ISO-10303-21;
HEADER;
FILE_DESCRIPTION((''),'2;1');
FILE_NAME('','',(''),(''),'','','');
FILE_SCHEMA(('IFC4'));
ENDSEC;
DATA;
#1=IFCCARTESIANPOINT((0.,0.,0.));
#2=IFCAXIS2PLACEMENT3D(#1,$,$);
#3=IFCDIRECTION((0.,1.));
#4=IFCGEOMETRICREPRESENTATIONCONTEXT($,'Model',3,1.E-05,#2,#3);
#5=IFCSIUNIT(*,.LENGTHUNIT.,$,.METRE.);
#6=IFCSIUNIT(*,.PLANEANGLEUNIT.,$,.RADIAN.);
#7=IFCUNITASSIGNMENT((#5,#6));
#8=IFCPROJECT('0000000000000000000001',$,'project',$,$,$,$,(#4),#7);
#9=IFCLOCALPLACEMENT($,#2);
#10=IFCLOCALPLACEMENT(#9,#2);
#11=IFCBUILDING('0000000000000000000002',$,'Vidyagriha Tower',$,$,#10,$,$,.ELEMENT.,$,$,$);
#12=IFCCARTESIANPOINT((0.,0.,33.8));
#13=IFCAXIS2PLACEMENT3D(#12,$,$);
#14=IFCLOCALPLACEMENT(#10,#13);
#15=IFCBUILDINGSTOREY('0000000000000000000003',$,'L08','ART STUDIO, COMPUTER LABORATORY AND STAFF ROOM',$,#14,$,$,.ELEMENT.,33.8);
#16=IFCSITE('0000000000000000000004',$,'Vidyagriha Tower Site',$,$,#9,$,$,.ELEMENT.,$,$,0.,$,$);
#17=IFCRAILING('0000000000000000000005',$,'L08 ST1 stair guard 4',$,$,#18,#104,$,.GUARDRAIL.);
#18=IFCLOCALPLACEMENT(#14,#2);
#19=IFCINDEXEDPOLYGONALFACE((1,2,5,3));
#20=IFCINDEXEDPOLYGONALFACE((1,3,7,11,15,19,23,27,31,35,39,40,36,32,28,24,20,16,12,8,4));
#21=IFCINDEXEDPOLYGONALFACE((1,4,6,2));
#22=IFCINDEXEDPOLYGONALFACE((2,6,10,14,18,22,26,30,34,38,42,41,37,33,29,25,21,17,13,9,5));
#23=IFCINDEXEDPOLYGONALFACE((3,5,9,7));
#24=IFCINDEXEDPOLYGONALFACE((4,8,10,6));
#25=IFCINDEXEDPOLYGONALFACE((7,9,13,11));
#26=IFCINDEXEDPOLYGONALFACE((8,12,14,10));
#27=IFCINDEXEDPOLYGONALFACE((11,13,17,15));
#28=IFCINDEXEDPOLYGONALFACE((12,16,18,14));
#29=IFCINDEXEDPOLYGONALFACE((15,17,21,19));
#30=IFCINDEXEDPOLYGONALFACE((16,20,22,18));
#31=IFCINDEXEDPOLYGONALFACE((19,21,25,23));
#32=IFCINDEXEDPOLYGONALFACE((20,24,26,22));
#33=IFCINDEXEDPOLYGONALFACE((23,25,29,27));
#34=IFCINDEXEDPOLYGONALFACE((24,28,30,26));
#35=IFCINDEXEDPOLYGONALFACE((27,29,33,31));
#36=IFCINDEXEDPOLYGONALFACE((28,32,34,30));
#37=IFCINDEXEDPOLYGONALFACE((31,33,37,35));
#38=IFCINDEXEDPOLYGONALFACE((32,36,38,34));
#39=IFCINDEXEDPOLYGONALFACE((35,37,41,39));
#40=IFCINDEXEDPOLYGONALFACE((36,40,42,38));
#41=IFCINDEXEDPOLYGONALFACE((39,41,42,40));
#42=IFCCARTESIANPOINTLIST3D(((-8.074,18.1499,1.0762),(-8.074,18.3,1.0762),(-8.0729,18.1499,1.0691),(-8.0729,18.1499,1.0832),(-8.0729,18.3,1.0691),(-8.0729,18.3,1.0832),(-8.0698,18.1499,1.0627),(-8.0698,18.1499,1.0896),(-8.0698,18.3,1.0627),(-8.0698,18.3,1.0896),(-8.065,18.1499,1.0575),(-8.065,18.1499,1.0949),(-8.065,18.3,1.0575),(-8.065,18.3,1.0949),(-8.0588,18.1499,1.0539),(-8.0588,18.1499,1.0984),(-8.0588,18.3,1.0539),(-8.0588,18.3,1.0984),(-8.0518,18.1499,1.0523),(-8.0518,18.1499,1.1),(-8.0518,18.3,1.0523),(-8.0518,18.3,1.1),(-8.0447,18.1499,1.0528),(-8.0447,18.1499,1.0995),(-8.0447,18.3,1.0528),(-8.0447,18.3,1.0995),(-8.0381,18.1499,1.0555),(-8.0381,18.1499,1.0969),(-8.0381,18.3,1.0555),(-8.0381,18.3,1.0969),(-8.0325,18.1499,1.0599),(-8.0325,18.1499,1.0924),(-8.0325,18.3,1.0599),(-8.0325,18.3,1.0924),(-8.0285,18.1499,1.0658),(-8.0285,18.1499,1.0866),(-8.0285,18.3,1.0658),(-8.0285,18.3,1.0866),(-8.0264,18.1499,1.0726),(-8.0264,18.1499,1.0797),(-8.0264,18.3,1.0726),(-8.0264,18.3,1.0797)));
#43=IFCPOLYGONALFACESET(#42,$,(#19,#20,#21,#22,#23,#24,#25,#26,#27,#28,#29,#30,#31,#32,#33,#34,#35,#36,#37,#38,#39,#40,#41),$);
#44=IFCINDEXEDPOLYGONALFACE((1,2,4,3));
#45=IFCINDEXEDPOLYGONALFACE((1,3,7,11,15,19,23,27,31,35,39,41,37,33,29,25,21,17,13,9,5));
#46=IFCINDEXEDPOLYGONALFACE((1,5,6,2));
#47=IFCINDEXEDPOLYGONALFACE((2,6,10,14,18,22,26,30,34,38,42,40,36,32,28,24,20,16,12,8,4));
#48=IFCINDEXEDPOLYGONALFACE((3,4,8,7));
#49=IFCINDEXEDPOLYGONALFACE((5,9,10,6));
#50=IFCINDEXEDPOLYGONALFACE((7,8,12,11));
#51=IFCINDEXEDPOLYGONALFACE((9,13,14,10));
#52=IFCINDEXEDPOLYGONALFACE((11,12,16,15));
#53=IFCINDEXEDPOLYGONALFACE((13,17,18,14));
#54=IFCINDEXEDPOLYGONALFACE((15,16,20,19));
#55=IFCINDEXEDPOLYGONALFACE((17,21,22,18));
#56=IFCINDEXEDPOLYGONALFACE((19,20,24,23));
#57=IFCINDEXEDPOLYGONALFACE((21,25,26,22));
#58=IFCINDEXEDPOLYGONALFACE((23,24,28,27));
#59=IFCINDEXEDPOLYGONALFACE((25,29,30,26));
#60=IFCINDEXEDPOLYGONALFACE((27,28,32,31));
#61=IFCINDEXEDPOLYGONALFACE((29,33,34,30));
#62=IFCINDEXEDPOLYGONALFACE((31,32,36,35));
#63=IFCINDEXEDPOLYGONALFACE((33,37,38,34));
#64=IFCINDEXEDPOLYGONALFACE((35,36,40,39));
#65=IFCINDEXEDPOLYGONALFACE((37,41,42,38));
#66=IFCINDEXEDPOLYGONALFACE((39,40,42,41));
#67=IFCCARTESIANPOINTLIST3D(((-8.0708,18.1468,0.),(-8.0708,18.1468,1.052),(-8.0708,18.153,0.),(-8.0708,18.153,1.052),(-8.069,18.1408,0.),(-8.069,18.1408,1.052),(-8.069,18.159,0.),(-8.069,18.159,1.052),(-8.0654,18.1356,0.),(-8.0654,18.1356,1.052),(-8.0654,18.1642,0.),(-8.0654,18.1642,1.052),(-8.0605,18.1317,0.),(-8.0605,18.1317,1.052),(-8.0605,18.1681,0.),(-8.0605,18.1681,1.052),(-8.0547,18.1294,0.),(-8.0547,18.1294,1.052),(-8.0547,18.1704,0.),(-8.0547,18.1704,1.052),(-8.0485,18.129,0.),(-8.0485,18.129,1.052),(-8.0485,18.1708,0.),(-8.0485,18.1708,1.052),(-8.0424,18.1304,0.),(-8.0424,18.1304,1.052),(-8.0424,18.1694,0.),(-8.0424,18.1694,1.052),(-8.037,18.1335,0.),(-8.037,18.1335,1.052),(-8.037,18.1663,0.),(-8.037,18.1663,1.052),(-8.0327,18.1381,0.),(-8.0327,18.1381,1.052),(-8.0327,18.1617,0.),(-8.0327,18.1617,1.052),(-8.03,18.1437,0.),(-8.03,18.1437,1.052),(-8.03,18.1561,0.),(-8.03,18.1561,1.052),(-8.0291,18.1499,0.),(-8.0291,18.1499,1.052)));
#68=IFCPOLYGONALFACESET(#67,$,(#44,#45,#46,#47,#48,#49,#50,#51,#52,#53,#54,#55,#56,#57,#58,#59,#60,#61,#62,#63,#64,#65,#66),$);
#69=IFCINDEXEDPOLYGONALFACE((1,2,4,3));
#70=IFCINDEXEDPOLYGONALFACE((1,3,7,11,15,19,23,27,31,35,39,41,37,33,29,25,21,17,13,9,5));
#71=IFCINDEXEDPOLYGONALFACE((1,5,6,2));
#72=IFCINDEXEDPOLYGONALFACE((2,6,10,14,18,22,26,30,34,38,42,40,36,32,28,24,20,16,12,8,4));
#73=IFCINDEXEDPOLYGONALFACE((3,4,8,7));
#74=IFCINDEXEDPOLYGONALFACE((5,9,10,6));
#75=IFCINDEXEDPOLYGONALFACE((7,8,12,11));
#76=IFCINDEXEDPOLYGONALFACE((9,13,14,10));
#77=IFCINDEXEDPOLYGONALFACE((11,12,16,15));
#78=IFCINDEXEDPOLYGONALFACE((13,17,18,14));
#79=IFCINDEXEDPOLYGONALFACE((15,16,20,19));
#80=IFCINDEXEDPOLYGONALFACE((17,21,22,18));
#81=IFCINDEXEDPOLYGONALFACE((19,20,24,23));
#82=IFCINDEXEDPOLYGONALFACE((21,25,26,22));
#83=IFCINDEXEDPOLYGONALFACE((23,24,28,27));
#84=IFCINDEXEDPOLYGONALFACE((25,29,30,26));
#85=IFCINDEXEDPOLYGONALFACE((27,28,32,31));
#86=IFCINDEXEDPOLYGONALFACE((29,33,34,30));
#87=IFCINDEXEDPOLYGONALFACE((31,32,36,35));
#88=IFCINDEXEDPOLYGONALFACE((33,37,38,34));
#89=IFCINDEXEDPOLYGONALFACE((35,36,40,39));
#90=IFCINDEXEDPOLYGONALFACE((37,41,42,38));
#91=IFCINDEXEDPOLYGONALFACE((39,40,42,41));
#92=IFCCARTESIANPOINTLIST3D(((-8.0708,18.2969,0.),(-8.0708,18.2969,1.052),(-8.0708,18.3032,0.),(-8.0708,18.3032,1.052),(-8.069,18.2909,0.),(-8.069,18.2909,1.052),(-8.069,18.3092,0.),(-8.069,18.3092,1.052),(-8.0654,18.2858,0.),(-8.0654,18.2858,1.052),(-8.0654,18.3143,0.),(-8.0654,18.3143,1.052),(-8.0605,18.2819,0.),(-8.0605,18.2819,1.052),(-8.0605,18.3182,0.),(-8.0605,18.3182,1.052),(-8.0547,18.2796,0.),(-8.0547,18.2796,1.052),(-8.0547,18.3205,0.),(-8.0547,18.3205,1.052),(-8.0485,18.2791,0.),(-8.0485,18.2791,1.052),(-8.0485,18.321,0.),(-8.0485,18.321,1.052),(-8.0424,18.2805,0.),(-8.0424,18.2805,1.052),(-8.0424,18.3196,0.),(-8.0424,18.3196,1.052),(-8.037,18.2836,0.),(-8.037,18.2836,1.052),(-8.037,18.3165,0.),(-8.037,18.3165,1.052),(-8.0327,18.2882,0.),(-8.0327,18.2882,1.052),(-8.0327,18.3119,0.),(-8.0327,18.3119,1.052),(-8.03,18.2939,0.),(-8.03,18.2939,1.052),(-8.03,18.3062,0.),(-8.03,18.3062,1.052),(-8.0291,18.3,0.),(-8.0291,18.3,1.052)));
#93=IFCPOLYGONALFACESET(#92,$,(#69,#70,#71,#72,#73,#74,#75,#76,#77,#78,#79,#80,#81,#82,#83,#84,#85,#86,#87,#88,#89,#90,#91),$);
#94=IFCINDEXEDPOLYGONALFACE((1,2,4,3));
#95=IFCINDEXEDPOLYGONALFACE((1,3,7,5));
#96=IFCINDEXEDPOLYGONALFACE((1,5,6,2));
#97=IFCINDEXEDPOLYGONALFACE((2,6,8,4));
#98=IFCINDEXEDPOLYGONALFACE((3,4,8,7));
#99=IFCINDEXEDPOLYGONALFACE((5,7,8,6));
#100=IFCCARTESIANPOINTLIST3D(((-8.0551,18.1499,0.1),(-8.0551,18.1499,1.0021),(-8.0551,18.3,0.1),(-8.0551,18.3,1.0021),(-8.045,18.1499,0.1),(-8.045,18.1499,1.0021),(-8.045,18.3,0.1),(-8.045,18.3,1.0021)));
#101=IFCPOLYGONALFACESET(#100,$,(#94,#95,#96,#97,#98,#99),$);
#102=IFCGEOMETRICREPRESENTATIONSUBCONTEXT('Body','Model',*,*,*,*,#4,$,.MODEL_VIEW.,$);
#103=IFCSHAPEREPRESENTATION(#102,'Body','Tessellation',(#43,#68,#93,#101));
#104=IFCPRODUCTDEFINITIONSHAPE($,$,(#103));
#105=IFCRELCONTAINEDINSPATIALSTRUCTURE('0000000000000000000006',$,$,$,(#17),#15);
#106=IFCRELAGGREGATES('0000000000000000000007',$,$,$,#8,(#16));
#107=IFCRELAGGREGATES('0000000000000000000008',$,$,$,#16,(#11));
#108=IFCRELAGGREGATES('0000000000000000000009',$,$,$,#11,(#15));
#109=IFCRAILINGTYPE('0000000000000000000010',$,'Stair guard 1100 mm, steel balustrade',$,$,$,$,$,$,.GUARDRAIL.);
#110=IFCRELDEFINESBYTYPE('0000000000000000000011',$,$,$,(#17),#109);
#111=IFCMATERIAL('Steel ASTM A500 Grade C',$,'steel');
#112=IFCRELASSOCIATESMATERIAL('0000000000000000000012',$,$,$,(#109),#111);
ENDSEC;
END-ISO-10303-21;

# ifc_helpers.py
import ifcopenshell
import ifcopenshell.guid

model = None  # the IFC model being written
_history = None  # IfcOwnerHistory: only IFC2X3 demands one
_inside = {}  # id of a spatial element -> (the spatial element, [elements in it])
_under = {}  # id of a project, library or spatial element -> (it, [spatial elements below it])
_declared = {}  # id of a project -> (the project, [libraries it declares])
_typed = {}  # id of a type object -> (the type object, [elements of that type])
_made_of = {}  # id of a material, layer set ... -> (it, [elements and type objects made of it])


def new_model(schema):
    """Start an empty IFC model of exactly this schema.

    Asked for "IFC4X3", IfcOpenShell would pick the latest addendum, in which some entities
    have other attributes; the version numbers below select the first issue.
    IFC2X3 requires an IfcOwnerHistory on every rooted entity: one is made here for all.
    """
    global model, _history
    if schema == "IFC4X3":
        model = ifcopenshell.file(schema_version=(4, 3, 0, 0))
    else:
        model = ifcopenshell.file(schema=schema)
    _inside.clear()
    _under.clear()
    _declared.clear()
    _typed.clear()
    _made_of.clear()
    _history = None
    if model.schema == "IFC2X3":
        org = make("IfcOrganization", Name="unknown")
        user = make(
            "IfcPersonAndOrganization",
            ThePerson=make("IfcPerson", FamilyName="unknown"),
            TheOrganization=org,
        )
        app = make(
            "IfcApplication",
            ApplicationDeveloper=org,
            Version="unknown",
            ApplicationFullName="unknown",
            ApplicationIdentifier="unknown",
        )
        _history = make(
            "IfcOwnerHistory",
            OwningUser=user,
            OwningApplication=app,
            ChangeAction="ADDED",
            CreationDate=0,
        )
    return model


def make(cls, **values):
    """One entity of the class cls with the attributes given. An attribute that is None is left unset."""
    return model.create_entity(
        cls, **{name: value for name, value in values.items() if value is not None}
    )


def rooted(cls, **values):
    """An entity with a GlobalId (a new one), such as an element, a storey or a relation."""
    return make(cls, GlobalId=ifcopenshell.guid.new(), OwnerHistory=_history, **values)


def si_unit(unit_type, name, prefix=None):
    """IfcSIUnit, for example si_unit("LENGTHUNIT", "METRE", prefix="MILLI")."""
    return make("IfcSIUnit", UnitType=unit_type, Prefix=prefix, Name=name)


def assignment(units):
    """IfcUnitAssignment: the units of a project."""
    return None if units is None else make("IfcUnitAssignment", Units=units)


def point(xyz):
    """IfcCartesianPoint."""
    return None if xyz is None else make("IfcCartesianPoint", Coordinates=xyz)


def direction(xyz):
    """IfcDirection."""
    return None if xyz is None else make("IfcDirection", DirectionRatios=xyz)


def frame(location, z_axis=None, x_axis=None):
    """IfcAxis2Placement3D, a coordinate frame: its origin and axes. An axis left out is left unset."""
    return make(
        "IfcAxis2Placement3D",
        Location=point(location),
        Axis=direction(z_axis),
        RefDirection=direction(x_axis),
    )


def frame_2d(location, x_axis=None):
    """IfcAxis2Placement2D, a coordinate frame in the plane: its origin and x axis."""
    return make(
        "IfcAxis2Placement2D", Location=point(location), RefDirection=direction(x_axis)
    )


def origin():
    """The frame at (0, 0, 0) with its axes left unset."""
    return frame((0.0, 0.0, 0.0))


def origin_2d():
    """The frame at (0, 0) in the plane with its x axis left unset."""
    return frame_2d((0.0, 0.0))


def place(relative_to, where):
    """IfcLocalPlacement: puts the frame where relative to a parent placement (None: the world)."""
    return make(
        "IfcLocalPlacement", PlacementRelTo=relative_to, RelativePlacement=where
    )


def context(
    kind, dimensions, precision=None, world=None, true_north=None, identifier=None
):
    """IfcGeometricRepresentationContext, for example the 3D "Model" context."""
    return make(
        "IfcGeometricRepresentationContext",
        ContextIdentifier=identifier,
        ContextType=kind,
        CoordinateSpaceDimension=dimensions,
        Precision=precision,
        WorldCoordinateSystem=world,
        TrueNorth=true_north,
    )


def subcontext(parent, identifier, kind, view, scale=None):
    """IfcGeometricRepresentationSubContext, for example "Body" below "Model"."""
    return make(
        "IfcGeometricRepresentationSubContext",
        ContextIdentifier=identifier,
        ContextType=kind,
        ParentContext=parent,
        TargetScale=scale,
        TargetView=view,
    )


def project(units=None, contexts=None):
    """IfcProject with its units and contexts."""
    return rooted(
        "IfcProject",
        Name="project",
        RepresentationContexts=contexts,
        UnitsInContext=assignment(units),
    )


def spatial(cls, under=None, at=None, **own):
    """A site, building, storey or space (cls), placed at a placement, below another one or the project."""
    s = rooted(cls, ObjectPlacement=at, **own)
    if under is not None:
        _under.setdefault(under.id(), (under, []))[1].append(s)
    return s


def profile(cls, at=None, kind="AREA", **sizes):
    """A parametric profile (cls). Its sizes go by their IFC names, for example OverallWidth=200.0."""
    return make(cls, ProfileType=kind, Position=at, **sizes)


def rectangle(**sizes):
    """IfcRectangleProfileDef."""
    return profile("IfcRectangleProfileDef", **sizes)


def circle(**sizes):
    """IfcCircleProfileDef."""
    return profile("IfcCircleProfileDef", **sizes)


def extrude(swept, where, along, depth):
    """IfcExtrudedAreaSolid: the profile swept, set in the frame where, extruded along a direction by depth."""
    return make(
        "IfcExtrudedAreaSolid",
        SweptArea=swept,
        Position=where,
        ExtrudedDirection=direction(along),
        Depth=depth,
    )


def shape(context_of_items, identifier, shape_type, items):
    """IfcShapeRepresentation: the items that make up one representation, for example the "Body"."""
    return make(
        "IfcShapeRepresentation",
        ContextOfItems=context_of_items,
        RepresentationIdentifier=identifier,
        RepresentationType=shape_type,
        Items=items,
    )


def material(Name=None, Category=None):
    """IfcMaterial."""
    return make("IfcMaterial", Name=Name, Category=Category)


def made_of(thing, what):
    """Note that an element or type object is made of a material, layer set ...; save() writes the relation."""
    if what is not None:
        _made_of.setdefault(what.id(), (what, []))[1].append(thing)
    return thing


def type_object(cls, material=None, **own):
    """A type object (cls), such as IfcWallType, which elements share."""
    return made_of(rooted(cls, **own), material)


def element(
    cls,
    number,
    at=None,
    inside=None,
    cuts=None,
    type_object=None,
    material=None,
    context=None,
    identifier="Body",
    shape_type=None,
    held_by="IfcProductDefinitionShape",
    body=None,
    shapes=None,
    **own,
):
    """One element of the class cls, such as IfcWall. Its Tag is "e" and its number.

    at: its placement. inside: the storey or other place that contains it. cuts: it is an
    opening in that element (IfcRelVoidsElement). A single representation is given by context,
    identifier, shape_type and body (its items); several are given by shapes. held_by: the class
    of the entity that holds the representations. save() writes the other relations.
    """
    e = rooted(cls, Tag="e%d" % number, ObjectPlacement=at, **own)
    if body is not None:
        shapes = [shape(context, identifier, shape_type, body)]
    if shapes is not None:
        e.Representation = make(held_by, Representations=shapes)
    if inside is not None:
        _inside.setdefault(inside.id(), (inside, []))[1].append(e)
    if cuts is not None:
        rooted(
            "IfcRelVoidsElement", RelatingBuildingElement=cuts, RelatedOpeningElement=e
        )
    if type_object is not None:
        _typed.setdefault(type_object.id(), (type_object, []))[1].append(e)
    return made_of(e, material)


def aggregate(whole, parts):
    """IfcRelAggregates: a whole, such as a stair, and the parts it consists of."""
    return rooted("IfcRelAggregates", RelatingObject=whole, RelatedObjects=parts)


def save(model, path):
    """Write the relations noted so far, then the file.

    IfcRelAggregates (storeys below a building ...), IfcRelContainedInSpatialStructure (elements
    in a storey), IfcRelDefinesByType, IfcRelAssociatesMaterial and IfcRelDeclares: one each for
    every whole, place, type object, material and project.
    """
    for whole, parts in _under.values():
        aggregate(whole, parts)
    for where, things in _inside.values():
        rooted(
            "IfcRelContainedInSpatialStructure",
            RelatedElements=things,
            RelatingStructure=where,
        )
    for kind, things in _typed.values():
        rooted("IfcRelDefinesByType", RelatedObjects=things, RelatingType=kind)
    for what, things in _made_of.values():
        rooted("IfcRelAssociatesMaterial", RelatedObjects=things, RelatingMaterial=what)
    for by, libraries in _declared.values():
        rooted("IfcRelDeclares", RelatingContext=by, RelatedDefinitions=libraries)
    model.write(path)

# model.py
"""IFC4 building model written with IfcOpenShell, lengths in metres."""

from ifc_helpers import new_model, si_unit, direction, frame, origin, origin_2d, place, context, subcontext, project, spatial, rectangle, circle, extrude, material, type_object, element, save


model = new_model("IFC4")

# Units and contexts
model_context = context("Model", 3, precision=1e-05, world=origin(), true_north=direction((0.0, 1.0)))
body_context = subcontext(model_context, "Body", "Model", "MODEL_VIEW")
ifc_project = project(units=[si_unit("LENGTHUNIT", "METRE"), si_unit("PLANEANGLEUNIT", "RADIAN")], contexts=[model_context])

# Site, building, storey
site_placement = place(None, origin())
site = spatial("IfcSite", under=ifc_project, at=site_placement, Name="Vidyagriha Tower Site", CompositionType="ELEMENT", RefElevation=0.0)
building_placement = place(site_placement, origin())
building = spatial("IfcBuilding", under=site, at=building_placement, Name="Vidyagriha Tower", CompositionType="ELEMENT")
storey_placement = place(building_placement, frame((0.0, 0.0, 33.8)))
storey = spatial("IfcBuildingStorey", under=building, at=storey_placement, Name="L08", Description="ART STUDIO, COMPUTER LABORATORY AND STAFF ROOM", CompositionType="ELEMENT", Elevation=33.8)

# Railing
ifc_material_1 = material(Name="Steel ASTM A500 Grade C", Category="steel")
railing_type_1 = type_object("IfcRailingType", Name="Stair guard 1100 mm, steel balustrade", PredefinedType="GUARDRAIL", material=ifc_material_1)
railing_1_placement = place(storey_placement, frame((-8.05, 18.1499, 0.0)))
element("IfcRailing", 1, at=railing_1_placement, inside=storey, type_object=railing_type_1, Name="L08 ST1 stair guard 4", PredefinedType="GUARDRAIL", context=body_context, shape_type="SweptSolid", body=[
    extrude(circle(Radius=0.0239, at=origin_2d()), frame((0.0, 0.0, 1.0762), z_axis=(0.0, 1.0, 0.0), x_axis=(-1.0, 0.0, 0.0)), (0.0, 0.0, 1.0), 0.1501),
    extrude(circle(Radius=0.021, at=origin_2d()), origin(), (0.0, 0.0, 1.0), 1.052),
    extrude(circle(Radius=0.021, at=origin_2d()), frame((0.0, 0.1501, 0.0)), (0.0, 0.0, 1.0), 1.052),
    extrude(rectangle(XDim=0.01, YDim=0.9021, at=origin_2d()), frame((0.0, 0.0, 0.551), z_axis=(0.0, 1.0, 0.0), x_axis=(-1.0, 0.0, 0.0)), (0.0, 0.0, 1.0), 0.1501),
])

save(model, "model.ifc")
